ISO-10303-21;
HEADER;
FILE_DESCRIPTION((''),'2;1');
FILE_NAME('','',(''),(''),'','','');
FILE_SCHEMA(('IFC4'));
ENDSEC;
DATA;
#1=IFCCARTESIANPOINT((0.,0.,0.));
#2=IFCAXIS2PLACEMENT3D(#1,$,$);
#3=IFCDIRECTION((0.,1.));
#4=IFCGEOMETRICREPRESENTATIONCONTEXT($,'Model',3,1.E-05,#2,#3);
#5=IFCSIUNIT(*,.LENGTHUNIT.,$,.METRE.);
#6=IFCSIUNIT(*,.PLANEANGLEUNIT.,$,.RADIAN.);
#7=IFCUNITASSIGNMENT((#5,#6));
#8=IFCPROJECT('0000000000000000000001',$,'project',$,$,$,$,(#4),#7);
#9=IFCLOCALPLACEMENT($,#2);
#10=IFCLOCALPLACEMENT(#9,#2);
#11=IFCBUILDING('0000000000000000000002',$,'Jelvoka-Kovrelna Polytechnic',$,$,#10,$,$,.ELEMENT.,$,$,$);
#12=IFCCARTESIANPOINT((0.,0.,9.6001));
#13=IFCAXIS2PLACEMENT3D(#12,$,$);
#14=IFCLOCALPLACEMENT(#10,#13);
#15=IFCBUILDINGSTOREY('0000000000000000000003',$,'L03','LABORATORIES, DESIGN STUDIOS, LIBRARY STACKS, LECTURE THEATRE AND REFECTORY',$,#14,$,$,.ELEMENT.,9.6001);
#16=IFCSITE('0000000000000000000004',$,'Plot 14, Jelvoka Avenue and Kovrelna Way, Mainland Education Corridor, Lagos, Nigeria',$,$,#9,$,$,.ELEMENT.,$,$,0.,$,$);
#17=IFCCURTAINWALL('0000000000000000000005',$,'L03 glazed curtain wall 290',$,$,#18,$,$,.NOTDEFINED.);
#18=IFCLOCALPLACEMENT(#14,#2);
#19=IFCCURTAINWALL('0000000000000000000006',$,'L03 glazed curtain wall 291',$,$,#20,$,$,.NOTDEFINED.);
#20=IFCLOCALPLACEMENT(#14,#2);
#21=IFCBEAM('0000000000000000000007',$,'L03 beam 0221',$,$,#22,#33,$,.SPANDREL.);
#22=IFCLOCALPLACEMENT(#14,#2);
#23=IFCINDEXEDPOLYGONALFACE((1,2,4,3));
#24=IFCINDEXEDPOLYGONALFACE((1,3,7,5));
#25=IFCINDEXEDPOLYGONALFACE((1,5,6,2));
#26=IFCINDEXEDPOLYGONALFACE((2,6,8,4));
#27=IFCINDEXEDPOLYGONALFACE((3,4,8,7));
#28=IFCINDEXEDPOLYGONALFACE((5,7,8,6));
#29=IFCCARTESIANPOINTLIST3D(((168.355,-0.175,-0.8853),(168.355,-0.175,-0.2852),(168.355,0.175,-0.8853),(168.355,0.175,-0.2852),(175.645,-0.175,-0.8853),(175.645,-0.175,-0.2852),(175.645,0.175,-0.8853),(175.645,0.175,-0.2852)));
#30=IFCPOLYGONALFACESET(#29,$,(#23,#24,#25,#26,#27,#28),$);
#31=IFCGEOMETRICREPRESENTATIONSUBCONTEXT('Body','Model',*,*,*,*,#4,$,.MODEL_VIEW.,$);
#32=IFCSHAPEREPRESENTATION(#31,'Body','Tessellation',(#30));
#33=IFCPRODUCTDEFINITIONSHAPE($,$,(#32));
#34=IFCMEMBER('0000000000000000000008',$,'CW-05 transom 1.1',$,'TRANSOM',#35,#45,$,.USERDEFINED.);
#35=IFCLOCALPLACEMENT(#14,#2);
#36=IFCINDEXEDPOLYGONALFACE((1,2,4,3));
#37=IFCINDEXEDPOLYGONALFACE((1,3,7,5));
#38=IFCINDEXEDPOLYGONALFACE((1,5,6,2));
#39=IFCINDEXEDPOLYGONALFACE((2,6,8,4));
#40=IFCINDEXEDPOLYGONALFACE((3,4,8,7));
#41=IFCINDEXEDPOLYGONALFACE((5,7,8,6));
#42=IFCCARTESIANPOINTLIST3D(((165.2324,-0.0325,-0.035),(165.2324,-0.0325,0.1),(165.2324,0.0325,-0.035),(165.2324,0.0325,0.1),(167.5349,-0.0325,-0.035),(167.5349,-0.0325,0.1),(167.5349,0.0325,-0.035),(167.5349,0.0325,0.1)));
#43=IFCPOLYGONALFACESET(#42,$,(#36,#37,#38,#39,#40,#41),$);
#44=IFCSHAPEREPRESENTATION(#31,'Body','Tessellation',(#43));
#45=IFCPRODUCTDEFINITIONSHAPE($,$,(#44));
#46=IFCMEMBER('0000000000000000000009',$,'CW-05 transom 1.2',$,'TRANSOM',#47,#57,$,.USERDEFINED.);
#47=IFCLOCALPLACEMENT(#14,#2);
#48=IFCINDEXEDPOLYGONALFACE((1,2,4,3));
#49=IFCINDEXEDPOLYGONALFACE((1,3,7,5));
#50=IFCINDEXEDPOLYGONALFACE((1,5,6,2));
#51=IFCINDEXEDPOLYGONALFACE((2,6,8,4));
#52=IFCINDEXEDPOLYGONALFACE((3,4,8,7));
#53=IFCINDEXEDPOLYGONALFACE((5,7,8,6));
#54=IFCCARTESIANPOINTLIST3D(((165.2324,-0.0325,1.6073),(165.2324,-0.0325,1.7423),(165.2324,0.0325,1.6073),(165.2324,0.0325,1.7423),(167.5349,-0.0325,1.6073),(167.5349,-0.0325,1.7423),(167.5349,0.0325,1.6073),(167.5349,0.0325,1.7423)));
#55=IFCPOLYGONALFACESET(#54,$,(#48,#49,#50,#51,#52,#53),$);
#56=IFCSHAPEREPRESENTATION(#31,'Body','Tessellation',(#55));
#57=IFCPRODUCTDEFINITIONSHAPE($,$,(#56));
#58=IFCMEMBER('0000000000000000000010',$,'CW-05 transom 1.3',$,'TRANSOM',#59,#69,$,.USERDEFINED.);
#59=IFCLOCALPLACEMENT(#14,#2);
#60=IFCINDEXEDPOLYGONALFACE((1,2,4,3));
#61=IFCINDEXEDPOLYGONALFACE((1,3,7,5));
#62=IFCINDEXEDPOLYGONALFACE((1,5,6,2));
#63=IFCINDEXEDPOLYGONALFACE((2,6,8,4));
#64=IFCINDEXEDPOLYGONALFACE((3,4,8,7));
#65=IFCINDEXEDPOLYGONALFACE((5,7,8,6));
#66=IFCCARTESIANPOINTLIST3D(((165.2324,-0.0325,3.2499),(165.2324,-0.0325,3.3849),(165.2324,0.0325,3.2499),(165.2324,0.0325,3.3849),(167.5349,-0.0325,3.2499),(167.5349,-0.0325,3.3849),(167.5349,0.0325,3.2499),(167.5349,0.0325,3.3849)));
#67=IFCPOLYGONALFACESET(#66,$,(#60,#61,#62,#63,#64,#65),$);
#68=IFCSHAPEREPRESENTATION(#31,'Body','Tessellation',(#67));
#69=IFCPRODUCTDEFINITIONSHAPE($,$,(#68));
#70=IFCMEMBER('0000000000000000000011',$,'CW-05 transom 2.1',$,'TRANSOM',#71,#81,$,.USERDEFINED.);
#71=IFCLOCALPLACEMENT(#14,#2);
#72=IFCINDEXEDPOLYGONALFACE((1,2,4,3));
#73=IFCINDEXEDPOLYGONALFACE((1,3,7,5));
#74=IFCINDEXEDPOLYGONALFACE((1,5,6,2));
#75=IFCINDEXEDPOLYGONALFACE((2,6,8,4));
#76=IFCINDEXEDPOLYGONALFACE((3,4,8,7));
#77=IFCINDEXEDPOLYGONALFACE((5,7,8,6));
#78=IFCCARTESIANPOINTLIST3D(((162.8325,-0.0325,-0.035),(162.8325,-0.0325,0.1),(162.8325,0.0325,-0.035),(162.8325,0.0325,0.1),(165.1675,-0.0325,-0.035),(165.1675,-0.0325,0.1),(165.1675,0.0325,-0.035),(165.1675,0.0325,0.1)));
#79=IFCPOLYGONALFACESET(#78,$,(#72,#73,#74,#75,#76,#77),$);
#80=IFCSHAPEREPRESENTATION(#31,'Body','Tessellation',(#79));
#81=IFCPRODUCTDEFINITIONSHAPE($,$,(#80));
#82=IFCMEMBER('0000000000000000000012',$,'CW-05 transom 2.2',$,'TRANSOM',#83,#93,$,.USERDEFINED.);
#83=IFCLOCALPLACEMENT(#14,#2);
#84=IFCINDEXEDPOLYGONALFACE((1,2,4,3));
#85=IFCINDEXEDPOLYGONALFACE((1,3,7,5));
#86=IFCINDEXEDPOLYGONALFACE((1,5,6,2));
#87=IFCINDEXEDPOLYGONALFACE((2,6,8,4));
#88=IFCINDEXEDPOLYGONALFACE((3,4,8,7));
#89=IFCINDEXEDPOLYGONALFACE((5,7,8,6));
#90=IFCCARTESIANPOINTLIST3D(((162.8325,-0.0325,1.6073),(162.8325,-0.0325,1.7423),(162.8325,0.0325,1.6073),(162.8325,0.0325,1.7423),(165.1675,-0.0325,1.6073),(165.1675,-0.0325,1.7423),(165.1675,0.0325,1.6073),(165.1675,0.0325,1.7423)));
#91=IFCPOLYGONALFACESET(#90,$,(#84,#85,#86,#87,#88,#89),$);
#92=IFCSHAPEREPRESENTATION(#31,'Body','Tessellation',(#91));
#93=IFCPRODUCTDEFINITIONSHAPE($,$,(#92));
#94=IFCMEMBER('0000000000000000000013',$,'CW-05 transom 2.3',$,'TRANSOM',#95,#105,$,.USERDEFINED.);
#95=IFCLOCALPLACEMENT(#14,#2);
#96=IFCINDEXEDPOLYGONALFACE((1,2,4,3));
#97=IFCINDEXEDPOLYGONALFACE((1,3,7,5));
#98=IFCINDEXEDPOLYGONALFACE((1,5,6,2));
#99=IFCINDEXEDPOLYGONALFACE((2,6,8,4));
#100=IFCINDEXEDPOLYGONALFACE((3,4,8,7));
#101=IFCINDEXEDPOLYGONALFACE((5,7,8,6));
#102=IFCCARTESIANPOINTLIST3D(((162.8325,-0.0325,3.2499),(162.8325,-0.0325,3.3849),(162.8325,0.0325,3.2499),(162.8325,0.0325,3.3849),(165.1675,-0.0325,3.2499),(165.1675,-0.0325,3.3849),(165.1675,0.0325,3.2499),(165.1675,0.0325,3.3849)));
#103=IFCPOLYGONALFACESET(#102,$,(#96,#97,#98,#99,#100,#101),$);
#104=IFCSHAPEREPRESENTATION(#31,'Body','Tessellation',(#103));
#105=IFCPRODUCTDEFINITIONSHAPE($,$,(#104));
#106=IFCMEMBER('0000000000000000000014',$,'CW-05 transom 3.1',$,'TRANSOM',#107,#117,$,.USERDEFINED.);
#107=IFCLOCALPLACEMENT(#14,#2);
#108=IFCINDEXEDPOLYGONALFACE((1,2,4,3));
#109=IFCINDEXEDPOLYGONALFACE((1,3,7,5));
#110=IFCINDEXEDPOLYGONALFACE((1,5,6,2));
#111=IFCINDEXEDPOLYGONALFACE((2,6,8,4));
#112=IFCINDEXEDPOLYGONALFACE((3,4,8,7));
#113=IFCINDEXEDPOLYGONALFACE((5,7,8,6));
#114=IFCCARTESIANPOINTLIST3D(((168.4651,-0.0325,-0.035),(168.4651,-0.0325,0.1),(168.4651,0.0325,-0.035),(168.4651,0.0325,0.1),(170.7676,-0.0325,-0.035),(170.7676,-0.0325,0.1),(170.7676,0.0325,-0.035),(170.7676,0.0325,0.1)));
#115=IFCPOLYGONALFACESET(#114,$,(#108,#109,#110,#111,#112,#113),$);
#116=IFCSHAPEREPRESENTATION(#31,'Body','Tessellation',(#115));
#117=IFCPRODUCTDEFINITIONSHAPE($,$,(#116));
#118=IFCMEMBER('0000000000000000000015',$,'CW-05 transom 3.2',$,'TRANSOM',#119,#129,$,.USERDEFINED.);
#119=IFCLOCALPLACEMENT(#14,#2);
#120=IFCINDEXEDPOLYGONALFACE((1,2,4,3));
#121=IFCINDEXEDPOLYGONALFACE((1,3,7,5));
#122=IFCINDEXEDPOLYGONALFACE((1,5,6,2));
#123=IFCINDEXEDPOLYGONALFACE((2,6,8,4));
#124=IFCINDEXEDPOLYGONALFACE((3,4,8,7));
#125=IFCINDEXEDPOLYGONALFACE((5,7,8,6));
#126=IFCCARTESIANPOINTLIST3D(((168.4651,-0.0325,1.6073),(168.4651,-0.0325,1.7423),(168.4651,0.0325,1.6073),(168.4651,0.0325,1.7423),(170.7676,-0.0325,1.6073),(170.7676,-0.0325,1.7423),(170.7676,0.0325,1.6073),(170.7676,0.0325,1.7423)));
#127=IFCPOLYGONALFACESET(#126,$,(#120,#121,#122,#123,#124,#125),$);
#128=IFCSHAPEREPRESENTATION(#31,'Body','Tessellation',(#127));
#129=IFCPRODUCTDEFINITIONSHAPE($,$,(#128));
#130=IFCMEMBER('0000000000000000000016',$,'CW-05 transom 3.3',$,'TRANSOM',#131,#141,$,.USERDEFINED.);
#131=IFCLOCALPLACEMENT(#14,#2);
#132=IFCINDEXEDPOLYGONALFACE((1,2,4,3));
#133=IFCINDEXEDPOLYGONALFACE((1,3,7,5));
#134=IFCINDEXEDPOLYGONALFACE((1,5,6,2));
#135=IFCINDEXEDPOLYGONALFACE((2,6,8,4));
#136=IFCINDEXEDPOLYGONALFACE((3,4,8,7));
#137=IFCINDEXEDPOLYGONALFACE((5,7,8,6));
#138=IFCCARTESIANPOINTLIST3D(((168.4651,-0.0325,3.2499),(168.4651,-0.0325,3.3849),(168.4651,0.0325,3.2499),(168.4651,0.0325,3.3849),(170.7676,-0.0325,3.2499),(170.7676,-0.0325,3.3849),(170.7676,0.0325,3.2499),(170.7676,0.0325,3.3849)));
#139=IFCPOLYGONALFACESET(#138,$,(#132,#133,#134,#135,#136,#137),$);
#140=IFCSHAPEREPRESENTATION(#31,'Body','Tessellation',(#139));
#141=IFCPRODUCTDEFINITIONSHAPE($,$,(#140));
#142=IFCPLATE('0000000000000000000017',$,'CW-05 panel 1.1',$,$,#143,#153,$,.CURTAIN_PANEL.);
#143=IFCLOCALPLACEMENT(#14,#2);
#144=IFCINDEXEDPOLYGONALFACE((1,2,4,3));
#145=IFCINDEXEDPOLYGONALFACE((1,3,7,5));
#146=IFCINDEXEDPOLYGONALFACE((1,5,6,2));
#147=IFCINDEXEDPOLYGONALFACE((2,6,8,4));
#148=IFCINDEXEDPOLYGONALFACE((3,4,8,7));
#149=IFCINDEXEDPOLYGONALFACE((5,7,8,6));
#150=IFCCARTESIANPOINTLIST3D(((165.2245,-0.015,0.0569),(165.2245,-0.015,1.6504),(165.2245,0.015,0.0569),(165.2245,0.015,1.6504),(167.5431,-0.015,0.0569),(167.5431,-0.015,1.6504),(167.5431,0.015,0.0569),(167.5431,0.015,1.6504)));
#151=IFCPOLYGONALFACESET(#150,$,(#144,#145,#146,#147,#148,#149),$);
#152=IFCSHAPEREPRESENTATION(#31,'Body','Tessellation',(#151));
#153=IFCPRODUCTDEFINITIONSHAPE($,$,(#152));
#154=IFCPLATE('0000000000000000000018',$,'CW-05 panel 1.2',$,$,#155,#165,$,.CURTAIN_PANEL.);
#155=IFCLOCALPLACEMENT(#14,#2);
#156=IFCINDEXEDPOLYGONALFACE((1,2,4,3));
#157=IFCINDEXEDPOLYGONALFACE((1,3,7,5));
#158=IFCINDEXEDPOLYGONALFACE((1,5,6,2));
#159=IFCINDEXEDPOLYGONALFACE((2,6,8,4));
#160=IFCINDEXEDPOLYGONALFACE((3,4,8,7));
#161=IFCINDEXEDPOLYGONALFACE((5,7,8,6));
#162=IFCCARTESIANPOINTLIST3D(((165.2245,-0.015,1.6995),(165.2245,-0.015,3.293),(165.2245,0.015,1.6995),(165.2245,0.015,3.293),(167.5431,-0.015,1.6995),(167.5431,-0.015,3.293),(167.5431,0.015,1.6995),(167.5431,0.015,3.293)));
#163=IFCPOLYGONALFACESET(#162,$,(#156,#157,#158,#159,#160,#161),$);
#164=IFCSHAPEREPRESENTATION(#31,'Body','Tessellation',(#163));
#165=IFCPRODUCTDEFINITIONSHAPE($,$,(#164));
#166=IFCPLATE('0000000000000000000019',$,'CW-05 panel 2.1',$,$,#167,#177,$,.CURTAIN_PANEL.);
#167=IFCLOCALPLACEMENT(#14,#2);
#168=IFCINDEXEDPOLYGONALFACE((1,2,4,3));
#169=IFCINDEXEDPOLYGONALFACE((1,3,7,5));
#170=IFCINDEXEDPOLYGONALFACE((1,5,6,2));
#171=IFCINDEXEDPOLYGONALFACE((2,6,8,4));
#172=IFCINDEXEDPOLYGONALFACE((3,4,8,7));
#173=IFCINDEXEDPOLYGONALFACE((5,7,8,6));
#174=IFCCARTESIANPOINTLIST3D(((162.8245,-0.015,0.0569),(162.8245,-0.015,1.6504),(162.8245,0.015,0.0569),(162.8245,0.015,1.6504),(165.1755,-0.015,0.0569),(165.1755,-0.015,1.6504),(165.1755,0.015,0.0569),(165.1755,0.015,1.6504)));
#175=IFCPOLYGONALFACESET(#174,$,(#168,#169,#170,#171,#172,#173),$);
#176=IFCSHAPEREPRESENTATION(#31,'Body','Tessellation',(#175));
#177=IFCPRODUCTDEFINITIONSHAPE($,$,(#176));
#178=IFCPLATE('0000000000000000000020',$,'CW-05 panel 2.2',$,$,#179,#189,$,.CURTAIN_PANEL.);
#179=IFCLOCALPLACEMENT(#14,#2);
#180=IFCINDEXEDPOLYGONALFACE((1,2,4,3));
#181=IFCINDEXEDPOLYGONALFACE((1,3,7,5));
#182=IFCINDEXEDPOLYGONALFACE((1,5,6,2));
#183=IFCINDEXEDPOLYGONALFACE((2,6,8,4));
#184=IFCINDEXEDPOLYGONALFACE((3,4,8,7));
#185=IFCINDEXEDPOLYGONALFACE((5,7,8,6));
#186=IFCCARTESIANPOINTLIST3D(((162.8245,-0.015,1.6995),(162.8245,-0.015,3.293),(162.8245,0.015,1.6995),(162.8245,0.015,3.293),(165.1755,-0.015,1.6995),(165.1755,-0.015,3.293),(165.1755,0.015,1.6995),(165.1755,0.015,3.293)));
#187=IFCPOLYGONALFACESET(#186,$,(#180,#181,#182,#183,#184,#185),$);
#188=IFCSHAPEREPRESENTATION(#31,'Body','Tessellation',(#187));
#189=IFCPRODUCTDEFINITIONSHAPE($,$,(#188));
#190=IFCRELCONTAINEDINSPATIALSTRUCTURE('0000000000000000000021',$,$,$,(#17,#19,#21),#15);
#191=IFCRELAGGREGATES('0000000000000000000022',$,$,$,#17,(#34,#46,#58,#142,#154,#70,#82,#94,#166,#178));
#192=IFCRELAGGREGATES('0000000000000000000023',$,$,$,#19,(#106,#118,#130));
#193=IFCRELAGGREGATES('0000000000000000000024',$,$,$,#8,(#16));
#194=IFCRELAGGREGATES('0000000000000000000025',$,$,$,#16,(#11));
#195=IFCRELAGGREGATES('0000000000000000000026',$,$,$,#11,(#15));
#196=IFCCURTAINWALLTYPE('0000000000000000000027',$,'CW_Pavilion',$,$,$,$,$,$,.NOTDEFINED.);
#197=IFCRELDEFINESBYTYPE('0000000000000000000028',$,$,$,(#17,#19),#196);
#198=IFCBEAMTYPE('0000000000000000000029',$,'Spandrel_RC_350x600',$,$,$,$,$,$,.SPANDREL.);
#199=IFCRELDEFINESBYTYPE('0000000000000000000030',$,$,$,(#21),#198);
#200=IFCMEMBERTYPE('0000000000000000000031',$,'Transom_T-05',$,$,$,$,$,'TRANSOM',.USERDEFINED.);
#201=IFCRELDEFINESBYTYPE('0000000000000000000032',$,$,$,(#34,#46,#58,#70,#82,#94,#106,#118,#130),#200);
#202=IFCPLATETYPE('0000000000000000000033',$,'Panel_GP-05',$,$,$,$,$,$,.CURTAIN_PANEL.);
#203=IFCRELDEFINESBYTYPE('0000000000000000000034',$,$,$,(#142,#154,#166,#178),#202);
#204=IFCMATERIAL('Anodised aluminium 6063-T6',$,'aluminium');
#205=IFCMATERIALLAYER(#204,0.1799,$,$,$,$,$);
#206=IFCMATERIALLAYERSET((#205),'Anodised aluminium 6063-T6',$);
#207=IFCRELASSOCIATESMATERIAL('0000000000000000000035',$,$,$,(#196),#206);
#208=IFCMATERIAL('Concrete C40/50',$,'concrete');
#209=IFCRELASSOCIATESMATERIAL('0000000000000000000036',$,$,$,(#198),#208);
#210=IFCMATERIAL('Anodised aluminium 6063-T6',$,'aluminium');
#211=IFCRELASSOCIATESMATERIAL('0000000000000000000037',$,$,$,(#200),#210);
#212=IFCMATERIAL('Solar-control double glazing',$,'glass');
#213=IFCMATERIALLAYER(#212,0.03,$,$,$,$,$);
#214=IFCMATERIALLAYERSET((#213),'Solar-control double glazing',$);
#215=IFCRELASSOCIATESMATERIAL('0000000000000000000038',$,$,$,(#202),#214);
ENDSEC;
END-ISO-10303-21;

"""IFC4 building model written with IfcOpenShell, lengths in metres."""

from ifc_helpers import new_model, si_unit, direction, frame, origin, origin_2d, place, context, subcontext, project, spatial, rectangle, extrude, material, layer, layer_set, material_profile, profile_set, type_object, element, aggregate, save


model = new_model("IFC4")

# Units and contexts
model_context = context("Model", 3, precision=1e-05, world=origin(), true_north=direction((0.0, 1.0)))
body_context = subcontext(model_context, "Body", "Model", "MODEL_VIEW")
ifc_project = project(units=[si_unit("LENGTHUNIT", "METRE"), si_unit("PLANEANGLEUNIT", "RADIAN")], contexts=[model_context])

# Site, building, storey
site_placement = place(None, origin())
site = spatial("IfcSite", under=ifc_project, at=site_placement, Name="Plot 14, Jelvoka Avenue and Kovrelna Way, Mainland Education Corridor, Lagos, Nigeria", CompositionType="ELEMENT", RefElevation=0.0)
building_placement = place(site_placement, origin())
building = spatial("IfcBuilding", under=site, at=building_placement, Name="Jelvoka-Kovrelna Polytechnic", CompositionType="ELEMENT")
storey_placement = place(building_placement, frame((0.0, 0.0, 9.6001)))
storey = spatial("IfcBuildingStorey", under=building, at=storey_placement, Name="L03", Description="LABORATORIES, DESIGN STUDIOS, LIBRARY STACKS, LECTURE THEATRE AND REFECTORY", CompositionType="ELEMENT", Elevation=9.6001)

# Curtain walls
ifc_material_1 = material(Name="Anodised aluminium 6063-T6", Category="aluminium")
ifc_layer_1 = layer(ifc_material_1, 0.1799)
ifc_layer_set_1 = layer_set([ifc_layer_1], Name="Anodised aluminium 6063-T6")
curtain_wall_type = type_object("IfcCurtainWallType", Name="CW_Pavilion", PredefinedType="NOTDEFINED", material=ifc_layer_set_1)
curtain_wall_1_placement = place(storey_placement, origin())
curtain_wall_1 = element("IfcCurtainWall", 1, at=curtain_wall_1_placement, inside=storey, type_object=curtain_wall_type, Name="L03 glazed curtain wall 290", PredefinedType="NOTDEFINED")
curtain_wall_2_placement = place(storey_placement, origin())
curtain_wall_2 = element("IfcCurtainWall", 2, at=curtain_wall_2_placement, inside=storey, type_object=curtain_wall_type, Name="L03 glazed curtain wall 291", PredefinedType="NOTDEFINED")

# Beam
ifc_material_2 = material(Name="Concrete C40/50", Category="concrete")
ifc_material_profile_1 = material_profile(ifc_material_2, rectangle(XDim=0.3501, YDim=0.6001, at=origin_2d()), Name="RC 350x600")
ifc_profile_set_1 = profile_set([ifc_material_profile_1], Name="Concrete C40/50")
beam_type_1 = type_object("IfcBeamType", Name="Spandrel_RC_350x600", PredefinedType="SPANDREL", material=ifc_profile_set_1)
beam_1_placement = place(storey_placement, frame((168.355, 0.0, -0.5852), z_axis=(1.0, 0.0, 0.0), x_axis=(0.0, 1.0, 0.0)))
element("IfcBeam", 3, at=beam_1_placement, inside=storey, type_object=beam_type_1, Name="L03 beam 0221", PredefinedType="SPANDREL", context=body_context, shape_type="SweptSolid", body=[
    extrude(rectangle(XDim=0.3501, YDim=0.6001, at=origin_2d()), origin(), (0.0, 0.0, 1.0), 7.29),
])

# Members
ifc_material_3 = material(Name="Anodised aluminium 6063-T6", Category="aluminium")
ifc_material_profile_2 = material_profile(ifc_material_3, rectangle(XDim=0.0649, YDim=0.135, at=origin_2d()), Name="ALU 65x135")
ifc_profile_set_2 = profile_set([ifc_material_profile_2], Name="Anodised aluminium 6063-T6")
member_type_1 = type_object("IfcMemberType", Name="Transom_T-05", ElementType="TRANSOM", PredefinedType="USERDEFINED", material=ifc_profile_set_2)
member_1_placement = place(storey_placement, frame((167.5349, 0.0, 0.0325), z_axis=(-1.0, 0.0, 0.0), x_axis=(0.0, -1.0, 0.0)))
member_1 = element("IfcMember", 4, at=member_1_placement, type_object=member_type_1, Name="CW-05 transom 1.1", ObjectType="TRANSOM", PredefinedType="USERDEFINED", context=body_context, shape_type="SweptSolid", body=[
    extrude(rectangle(XDim=0.0649, YDim=0.135, at=origin_2d()), origin(), (0.0, 0.0, 1.0), 2.3025),
])
member_2_placement = place(storey_placement, frame((167.5349, 0.0, 1.6748), z_axis=(-1.0, 0.0, 0.0), x_axis=(0.0, -1.0, 0.0)))
member_2 = element("IfcMember", 5, at=member_2_placement, type_object=member_type_1, Name="CW-05 transom 1.2", ObjectType="TRANSOM", PredefinedType="USERDEFINED", context=body_context, shape_type="SweptSolid", body=[
    extrude(rectangle(XDim=0.0649, YDim=0.135, at=origin_2d()), origin(), (0.0, 0.0, 1.0), 2.3025),
])
member_3_placement = place(storey_placement, frame((167.5349, 0.0, 3.3174), z_axis=(-1.0, 0.0, 0.0), x_axis=(0.0, -1.0, 0.0)))
member_3 = element("IfcMember", 6, at=member_3_placement, type_object=member_type_1, Name="CW-05 transom 1.3", ObjectType="TRANSOM", PredefinedType="USERDEFINED", context=body_context, shape_type="SweptSolid", body=[
    extrude(rectangle(XDim=0.0649, YDim=0.135, at=origin_2d()), origin(), (0.0, 0.0, 1.0), 2.3025),
])
member_4_placement = place(storey_placement, frame((165.1675, 0.0, 0.0325), z_axis=(-1.0, 0.0, 0.0), x_axis=(0.0, -1.0, 0.0)))
member_4 = element("IfcMember", 7, at=member_4_placement, type_object=member_type_1, Name="CW-05 transom 2.1", ObjectType="TRANSOM", PredefinedType="USERDEFINED", context=body_context, shape_type="SweptSolid", body=[
    extrude(rectangle(XDim=0.0649, YDim=0.135, at=origin_2d()), origin(), (0.0, 0.0, 1.0), 2.335),
])
member_5_placement = place(storey_placement, frame((165.1675, 0.0, 1.6748), z_axis=(-1.0, 0.0, 0.0), x_axis=(0.0, -1.0, 0.0)))
member_5 = element("IfcMember", 8, at=member_5_placement, type_object=member_type_1, Name="CW-05 transom 2.2", ObjectType="TRANSOM", PredefinedType="USERDEFINED", context=body_context, shape_type="SweptSolid", body=[
    extrude(rectangle(XDim=0.0649, YDim=0.135, at=origin_2d()), origin(), (0.0, 0.0, 1.0), 2.335),
])
member_6_placement = place(storey_placement, frame((165.1675, 0.0, 3.3174), z_axis=(-1.0, 0.0, 0.0), x_axis=(0.0, -1.0, 0.0)))
member_6 = element("IfcMember", 9, at=member_6_placement, type_object=member_type_1, Name="CW-05 transom 2.3", ObjectType="TRANSOM", PredefinedType="USERDEFINED", context=body_context, shape_type="SweptSolid", body=[
    extrude(rectangle(XDim=0.0649, YDim=0.135, at=origin_2d()), origin(), (0.0, 0.0, 1.0), 2.335),
])
member_7_placement = place(storey_placement, frame((170.7676, 0.0, 0.0325), z_axis=(-1.0, 0.0, 0.0), x_axis=(0.0, -1.0, 0.0)))
member_7 = element("IfcMember", 10, at=member_7_placement, type_object=member_type_1, Name="CW-05 transom 3.1", ObjectType="TRANSOM", PredefinedType="USERDEFINED", context=body_context, shape_type="SweptSolid", body=[
    extrude(rectangle(XDim=0.0649, YDim=0.135, at=origin_2d()), origin(), (0.0, 0.0, 1.0), 2.3025),
])
member_8_placement = place(storey_placement, frame((170.7676, 0.0, 1.6748), z_axis=(-1.0, 0.0, 0.0), x_axis=(0.0, -1.0, 0.0)))
member_8 = element("IfcMember", 11, at=member_8_placement, type_object=member_type_1, Name="CW-05 transom 3.2", ObjectType="TRANSOM", PredefinedType="USERDEFINED", context=body_context, shape_type="SweptSolid", body=[
    extrude(rectangle(XDim=0.0649, YDim=0.135, at=origin_2d()), origin(), (0.0, 0.0, 1.0), 2.3025),
])
member_9_placement = place(storey_placement, frame((170.7676, 0.0, 3.3174), z_axis=(-1.0, 0.0, 0.0), x_axis=(0.0, -1.0, 0.0)))
member_9 = element("IfcMember", 12, at=member_9_placement, type_object=member_type_1, Name="CW-05 transom 3.3", ObjectType="TRANSOM", PredefinedType="USERDEFINED", context=body_context, shape_type="SweptSolid", body=[
    extrude(rectangle(XDim=0.0649, YDim=0.135, at=origin_2d()), origin(), (0.0, 0.0, 1.0), 2.3025),
])

# Plates
ifc_material_4 = material(Name="Solar-control double glazing", Category="glass")
ifc_layer_2 = layer(ifc_material_4, 0.03)
ifc_layer_set_2 = layer_set([ifc_layer_2], Name="Solar-control double glazing")
plate_type = type_object("IfcPlateType", Name="Panel_GP-05", PredefinedType="CURTAIN_PANEL", material=ifc_layer_set_2)
plate_1_placement = place(storey_placement, frame((166.3838, 0.0, 0.0569), z_axis=(0.0, 0.0, 1.0), x_axis=(-1.0, 0.0, 0.0)))
plate_1 = element("IfcPlate", 13, at=plate_1_placement, type_object=plate_type, Name="CW-05 panel 1.1", PredefinedType="CURTAIN_PANEL", context=body_context, shape_type="SweptSolid", body=[
    extrude(rectangle(XDim=2.3186, YDim=0.03, at=origin_2d()), origin(), (0.0, 0.0, 1.0), 1.5935),
])
plate_2_placement = place(storey_placement, frame((166.3838, 0.0, 1.6995), z_axis=(0.0, 0.0, 1.0), x_axis=(-1.0, 0.0, 0.0)))
plate_2 = element("IfcPlate", 14, at=plate_2_placement, type_object=plate_type, Name="CW-05 panel 1.2", PredefinedType="CURTAIN_PANEL", context=body_context, shape_type="SweptSolid", body=[
    extrude(rectangle(XDim=2.3186, YDim=0.03, at=origin_2d()), origin(), (0.0, 0.0, 1.0), 1.5935),
])
plate_3_placement = place(storey_placement, frame((164.0, 0.0, 0.0569), z_axis=(0.0, 0.0, 1.0), x_axis=(-1.0, 0.0, 0.0)))
plate_3 = element("IfcPlate", 15, at=plate_3_placement, type_object=plate_type, Name="CW-05 panel 2.1", PredefinedType="CURTAIN_PANEL", context=body_context, shape_type="SweptSolid", body=[
    extrude(rectangle(XDim=2.3511, YDim=0.03, at=origin_2d()), origin(), (0.0, 0.0, 1.0), 1.5935),
])
plate_4_placement = place(storey_placement, frame((164.0, 0.0, 1.6995), z_axis=(0.0, 0.0, 1.0), x_axis=(-1.0, 0.0, 0.0)))
plate_4 = element("IfcPlate", 16, at=plate_4_placement, type_object=plate_type, Name="CW-05 panel 2.2", PredefinedType="CURTAIN_PANEL", context=body_context, shape_type="SweptSolid", body=[
    extrude(rectangle(XDim=2.3511, YDim=0.03, at=origin_2d()), origin(), (0.0, 0.0, 1.0), 1.5935),
])
aggregate(curtain_wall_1, [member_1, member_2, member_3, plate_1, plate_2, member_4, member_5, member_6, plate_3, plate_4])
aggregate(curtain_wall_2, [member_7, member_8, member_9])

save(model, "model.ifc")
